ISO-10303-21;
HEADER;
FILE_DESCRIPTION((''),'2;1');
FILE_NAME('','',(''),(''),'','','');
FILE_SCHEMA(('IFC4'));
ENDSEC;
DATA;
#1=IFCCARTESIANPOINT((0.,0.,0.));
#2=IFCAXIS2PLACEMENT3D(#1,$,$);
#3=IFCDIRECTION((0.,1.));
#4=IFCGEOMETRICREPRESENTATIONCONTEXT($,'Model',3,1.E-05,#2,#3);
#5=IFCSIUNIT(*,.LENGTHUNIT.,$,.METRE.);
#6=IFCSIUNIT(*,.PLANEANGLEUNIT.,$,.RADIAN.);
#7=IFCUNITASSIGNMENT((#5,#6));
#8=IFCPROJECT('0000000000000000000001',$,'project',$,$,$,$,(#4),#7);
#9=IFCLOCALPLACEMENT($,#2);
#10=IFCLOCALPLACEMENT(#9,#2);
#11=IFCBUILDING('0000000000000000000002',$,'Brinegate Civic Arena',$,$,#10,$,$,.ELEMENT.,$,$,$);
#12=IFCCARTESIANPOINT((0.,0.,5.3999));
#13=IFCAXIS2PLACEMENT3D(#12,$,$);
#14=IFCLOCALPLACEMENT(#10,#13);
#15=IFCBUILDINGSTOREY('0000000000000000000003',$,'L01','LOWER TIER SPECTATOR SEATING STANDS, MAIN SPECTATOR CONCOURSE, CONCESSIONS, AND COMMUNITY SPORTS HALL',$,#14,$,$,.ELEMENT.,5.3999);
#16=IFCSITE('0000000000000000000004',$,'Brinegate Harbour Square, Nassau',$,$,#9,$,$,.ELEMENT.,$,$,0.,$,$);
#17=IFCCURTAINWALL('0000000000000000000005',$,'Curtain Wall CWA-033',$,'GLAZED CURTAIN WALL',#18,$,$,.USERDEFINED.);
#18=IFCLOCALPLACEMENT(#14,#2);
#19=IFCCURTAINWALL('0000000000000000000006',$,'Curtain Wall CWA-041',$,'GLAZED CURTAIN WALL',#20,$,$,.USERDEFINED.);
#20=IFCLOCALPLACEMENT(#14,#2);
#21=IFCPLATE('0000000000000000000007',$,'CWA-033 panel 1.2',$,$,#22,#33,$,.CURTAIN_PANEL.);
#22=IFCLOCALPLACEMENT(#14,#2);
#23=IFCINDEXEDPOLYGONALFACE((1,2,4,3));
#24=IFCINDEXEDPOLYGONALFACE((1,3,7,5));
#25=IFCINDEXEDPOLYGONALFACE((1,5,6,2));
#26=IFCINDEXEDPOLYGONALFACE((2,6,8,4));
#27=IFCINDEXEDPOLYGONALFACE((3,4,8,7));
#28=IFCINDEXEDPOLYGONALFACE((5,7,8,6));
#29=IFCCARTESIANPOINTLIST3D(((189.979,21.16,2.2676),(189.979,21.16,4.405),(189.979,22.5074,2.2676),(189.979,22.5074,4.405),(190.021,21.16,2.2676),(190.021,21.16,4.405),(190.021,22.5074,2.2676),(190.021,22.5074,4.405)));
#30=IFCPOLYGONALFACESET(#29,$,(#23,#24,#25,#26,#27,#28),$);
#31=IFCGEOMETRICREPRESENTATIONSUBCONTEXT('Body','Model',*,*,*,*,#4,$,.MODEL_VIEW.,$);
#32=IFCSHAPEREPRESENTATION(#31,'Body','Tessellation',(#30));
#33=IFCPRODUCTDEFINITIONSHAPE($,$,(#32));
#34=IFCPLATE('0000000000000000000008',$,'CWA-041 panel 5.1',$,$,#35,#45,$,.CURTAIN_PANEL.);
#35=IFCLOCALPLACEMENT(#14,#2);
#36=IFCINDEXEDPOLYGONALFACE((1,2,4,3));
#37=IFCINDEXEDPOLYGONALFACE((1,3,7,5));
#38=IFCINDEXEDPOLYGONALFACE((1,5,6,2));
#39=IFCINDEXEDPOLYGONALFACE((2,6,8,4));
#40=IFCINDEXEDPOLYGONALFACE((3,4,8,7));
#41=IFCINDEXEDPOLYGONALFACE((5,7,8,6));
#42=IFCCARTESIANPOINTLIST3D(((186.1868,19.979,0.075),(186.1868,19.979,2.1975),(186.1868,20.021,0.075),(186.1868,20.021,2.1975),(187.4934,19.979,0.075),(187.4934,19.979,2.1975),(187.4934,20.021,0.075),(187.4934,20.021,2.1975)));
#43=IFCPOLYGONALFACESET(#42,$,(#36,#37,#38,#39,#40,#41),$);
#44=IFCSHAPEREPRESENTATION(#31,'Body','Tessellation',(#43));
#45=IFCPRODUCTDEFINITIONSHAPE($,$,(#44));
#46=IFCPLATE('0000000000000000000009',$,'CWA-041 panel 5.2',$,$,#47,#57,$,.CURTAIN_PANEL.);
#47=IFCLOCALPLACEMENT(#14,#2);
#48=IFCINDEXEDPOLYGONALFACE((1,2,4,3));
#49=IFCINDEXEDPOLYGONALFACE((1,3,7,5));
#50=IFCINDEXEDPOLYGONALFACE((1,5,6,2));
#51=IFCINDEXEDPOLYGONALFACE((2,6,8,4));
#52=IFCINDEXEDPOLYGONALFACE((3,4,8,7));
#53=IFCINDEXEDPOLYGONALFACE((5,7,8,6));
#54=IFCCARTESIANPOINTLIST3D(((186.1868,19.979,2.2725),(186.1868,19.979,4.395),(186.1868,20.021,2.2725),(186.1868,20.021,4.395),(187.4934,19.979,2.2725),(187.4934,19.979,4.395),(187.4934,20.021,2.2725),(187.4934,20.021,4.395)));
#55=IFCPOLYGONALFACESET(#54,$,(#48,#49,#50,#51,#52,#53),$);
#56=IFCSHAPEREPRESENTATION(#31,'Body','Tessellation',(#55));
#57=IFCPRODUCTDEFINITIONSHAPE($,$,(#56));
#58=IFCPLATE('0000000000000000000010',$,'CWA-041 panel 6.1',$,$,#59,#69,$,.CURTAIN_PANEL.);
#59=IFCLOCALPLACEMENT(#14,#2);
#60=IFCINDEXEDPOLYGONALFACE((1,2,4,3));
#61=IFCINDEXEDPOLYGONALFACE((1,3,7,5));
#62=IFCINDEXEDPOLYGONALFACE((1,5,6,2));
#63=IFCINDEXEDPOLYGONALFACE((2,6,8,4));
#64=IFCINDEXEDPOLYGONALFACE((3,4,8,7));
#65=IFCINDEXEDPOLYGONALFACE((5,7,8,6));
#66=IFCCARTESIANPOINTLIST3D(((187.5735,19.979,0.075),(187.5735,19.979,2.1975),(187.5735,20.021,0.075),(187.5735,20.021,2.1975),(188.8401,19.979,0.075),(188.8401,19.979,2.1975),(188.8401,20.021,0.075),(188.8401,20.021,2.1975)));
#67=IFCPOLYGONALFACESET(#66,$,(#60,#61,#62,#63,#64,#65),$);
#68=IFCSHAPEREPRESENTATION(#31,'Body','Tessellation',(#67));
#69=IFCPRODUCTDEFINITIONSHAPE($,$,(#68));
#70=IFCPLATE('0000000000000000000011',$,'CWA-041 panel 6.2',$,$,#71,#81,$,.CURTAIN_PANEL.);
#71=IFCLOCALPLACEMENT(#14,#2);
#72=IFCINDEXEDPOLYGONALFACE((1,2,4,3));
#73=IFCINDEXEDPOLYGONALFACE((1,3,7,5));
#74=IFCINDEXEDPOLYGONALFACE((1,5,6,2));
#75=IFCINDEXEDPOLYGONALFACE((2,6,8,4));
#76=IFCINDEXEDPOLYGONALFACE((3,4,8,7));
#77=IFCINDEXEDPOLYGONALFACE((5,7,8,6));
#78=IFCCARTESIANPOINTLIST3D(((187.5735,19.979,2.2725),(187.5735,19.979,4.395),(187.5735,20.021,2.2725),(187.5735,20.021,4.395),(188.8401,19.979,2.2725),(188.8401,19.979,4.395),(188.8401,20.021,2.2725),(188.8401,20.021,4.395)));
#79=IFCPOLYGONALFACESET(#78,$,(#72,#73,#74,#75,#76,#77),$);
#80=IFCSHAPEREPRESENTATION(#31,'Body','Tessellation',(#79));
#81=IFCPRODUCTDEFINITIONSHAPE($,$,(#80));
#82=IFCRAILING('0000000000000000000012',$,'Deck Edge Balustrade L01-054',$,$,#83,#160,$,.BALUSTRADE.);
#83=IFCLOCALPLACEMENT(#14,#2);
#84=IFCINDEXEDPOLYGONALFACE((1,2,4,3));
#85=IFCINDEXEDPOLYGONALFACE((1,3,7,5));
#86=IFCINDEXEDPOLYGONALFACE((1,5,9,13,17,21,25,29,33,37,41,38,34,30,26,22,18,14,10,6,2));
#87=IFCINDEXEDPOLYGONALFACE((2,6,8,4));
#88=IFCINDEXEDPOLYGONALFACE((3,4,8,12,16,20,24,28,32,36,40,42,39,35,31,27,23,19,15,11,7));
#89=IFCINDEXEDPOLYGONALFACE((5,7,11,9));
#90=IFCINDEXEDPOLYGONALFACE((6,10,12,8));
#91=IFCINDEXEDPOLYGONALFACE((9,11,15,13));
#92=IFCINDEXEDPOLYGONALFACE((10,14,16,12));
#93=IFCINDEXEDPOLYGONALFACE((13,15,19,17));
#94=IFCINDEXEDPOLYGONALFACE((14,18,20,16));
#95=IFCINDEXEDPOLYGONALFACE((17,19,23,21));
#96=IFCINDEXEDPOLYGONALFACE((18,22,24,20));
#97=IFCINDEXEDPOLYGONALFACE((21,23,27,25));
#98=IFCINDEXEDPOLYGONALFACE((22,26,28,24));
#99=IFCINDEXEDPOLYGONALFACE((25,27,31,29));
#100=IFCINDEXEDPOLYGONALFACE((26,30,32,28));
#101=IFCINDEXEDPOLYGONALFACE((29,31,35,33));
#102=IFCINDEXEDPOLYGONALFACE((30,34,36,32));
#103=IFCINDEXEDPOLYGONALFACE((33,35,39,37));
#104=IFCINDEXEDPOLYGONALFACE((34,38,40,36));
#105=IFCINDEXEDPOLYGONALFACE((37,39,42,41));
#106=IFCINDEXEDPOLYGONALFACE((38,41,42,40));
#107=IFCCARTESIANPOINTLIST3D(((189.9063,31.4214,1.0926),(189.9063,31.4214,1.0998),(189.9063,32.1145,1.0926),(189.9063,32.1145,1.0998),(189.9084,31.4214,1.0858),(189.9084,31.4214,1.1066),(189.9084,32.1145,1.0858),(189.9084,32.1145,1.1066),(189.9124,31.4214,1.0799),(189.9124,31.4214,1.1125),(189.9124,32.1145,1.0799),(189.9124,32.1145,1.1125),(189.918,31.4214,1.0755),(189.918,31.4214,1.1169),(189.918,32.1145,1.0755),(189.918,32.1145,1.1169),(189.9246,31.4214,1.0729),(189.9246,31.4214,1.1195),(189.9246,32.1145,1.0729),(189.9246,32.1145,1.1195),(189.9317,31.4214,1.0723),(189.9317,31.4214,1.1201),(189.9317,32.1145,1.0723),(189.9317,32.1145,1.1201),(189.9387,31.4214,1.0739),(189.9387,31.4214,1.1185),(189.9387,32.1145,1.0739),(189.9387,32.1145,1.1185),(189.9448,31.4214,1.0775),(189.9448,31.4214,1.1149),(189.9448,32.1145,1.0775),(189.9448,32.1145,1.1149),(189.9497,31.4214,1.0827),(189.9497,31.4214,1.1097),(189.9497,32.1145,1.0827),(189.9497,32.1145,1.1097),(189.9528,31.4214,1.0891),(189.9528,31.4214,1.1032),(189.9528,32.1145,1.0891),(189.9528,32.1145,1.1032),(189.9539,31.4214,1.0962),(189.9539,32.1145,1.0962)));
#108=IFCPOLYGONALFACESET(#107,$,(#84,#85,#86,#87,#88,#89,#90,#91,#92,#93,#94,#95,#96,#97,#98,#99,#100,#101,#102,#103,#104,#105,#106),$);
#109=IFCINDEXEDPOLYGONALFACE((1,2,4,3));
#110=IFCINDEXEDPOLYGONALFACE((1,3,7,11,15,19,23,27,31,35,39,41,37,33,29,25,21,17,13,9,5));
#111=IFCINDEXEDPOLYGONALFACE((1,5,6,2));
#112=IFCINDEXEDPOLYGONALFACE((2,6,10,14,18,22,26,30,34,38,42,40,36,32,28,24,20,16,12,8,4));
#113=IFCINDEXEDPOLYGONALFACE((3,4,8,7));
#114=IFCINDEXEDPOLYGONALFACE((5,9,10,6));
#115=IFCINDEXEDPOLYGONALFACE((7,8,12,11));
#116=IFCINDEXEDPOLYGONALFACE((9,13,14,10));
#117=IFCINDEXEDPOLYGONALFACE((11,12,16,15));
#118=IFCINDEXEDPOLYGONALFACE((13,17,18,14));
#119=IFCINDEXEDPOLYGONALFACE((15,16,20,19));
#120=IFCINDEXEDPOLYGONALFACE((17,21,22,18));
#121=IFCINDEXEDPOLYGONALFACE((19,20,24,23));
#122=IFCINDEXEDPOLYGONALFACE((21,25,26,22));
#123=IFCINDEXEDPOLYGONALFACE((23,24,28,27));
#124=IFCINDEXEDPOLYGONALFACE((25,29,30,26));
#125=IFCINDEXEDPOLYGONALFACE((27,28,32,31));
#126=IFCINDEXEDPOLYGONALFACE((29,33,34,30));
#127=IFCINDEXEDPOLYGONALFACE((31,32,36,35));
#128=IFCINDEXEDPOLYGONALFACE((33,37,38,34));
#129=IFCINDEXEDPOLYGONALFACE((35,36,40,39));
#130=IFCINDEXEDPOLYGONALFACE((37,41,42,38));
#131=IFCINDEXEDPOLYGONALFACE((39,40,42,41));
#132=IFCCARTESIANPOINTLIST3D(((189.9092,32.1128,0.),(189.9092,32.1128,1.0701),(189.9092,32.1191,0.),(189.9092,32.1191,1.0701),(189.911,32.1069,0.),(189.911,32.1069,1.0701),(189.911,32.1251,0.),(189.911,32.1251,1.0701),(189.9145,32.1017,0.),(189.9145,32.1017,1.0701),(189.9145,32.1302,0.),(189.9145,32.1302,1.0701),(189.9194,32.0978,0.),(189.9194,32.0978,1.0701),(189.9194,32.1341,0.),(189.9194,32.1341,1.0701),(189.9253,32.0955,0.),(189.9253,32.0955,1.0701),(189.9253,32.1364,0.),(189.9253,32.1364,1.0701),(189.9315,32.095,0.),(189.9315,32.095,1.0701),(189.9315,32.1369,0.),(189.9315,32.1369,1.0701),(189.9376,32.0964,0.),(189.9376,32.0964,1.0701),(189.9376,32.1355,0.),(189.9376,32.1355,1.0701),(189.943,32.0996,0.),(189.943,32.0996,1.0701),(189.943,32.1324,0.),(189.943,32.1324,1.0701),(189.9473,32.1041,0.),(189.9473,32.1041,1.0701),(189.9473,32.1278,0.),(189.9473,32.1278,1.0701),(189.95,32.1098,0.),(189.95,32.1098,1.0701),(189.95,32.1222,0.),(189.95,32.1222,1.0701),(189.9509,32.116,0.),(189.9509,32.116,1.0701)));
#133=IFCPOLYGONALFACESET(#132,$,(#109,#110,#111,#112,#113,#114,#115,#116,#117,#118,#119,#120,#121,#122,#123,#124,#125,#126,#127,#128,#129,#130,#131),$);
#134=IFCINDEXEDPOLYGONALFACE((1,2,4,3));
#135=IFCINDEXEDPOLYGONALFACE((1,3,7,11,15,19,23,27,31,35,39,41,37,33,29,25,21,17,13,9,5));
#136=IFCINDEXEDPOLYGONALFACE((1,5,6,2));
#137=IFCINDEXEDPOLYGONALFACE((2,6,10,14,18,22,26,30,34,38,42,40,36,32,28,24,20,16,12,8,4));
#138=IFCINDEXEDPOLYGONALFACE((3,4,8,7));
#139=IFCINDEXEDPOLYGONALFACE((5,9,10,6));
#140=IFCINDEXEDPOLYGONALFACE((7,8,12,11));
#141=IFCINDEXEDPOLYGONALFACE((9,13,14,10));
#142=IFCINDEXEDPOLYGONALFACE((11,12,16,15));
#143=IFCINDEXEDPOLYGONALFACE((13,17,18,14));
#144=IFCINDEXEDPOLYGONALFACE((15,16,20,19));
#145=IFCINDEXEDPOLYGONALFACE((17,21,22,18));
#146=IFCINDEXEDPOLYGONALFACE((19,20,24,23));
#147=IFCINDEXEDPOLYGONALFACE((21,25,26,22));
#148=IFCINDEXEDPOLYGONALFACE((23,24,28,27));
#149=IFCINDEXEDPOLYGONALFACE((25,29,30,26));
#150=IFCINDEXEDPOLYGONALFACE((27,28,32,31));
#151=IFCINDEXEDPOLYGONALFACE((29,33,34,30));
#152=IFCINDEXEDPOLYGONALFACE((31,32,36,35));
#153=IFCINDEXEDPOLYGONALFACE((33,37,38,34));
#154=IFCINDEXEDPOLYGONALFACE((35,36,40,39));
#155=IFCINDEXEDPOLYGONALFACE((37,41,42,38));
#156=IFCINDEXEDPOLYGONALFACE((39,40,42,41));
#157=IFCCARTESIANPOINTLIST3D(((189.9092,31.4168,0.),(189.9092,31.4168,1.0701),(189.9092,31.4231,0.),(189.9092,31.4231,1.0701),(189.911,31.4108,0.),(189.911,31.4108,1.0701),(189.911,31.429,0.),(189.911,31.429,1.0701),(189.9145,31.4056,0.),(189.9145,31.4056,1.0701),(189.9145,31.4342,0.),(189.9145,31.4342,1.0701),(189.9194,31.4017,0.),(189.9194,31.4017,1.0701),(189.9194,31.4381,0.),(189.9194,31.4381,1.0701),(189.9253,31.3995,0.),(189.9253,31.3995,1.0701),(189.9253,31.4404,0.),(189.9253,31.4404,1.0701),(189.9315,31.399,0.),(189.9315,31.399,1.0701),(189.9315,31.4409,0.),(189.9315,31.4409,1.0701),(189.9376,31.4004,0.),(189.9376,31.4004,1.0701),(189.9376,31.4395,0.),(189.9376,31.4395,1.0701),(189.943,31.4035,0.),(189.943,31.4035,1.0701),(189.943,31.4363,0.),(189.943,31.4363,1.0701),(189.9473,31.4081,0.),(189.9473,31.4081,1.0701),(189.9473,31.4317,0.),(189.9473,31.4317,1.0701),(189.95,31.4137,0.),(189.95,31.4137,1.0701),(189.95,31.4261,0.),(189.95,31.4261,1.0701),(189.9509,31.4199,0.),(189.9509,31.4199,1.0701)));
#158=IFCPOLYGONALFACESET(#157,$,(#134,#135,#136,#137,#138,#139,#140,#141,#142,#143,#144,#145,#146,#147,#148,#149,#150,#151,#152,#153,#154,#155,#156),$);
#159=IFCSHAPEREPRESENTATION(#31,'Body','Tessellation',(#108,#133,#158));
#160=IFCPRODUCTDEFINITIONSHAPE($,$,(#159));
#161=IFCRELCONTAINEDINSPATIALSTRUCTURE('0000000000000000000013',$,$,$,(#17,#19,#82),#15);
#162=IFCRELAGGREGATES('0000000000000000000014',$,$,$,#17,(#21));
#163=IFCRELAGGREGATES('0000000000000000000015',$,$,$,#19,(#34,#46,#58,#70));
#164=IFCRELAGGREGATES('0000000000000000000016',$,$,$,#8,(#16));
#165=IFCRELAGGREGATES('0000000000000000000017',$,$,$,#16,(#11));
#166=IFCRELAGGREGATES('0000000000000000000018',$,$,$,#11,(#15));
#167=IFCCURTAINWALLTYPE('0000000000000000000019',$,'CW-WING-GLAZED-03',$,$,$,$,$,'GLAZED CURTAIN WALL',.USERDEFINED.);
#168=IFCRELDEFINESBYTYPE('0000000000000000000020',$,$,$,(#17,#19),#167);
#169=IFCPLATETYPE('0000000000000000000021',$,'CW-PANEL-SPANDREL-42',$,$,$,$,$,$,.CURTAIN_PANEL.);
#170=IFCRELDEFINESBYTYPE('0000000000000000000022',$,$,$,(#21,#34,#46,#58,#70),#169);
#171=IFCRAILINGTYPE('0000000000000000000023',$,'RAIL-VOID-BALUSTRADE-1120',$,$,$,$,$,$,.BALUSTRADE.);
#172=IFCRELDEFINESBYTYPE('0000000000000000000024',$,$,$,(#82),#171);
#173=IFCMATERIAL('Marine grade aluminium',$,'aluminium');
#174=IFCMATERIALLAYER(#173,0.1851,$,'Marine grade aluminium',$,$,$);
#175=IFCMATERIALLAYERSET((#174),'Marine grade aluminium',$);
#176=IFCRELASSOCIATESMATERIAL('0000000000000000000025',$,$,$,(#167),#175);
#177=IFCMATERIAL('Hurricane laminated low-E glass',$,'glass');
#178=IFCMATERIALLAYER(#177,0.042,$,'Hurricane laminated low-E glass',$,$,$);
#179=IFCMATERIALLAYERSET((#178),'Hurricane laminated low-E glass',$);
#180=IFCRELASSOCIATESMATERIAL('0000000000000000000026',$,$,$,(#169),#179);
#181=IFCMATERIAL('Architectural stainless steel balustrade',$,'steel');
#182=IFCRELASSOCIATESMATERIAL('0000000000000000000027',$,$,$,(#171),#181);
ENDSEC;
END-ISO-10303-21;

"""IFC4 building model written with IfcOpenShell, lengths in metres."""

from ifc_helpers import new_model, si_unit, direction, frame, origin, origin_2d, place, context, subcontext, project, spatial, rectangle, circle, extrude, material, layer, layer_set, type_object, element, aggregate, save


model = new_model("IFC4")

# Units and contexts
model_context = context("Model", 3, precision=1e-05, world=origin(), true_north=direction((0.0, 1.0)))
body_context = subcontext(model_context, "Body", "Model", "MODEL_VIEW")
ifc_project = project(units=[si_unit("LENGTHUNIT", "METRE"), si_unit("PLANEANGLEUNIT", "RADIAN")], contexts=[model_context])

# Site, building, storey
site_placement = place(None, origin())
site = spatial("IfcSite", under=ifc_project, at=site_placement, Name="Brinegate Harbour Square, Nassau", CompositionType="ELEMENT", RefElevation=0.0)
building_placement = place(site_placement, origin())
building = spatial("IfcBuilding", under=site, at=building_placement, Name="Brinegate Civic Arena", CompositionType="ELEMENT")
storey_placement = place(building_placement, frame((0.0, 0.0, 5.3999)))
storey = spatial("IfcBuildingStorey", under=building, at=storey_placement, Name="L01", Description="LOWER TIER SPECTATOR SEATING STANDS, MAIN SPECTATOR CONCOURSE, CONCESSIONS, AND COMMUNITY SPORTS HALL", CompositionType="ELEMENT", Elevation=5.3999)

# Curtain walls
ifc_material_1 = material(Name="Marine grade aluminium", Category="aluminium")
ifc_layer_1 = layer(ifc_material_1, 0.1851, Name="Marine grade aluminium")
ifc_layer_set_1 = layer_set([ifc_layer_1], Name="Marine grade aluminium")
curtain_wall_type = type_object("IfcCurtainWallType", Name="CW-WING-GLAZED-03", ElementType="GLAZED CURTAIN WALL", PredefinedType="USERDEFINED", material=ifc_layer_set_1)
curtain_wall_1_placement = place(storey_placement, origin())
curtain_wall_1 = element("IfcCurtainWall", 1, at=curtain_wall_1_placement, inside=storey, type_object=curtain_wall_type, Name="Curtain Wall CWA-033", ObjectType="GLAZED CURTAIN WALL", PredefinedType="USERDEFINED")
curtain_wall_2_placement = place(storey_placement, origin())
curtain_wall_2 = element("IfcCurtainWall", 2, at=curtain_wall_2_placement, inside=storey, type_object=curtain_wall_type, Name="Curtain Wall CWA-041", ObjectType="GLAZED CURTAIN WALL", PredefinedType="USERDEFINED")

# Plates
ifc_material_2 = material(Name="Hurricane laminated low-E glass", Category="glass")
ifc_layer_2 = layer(ifc_material_2, 0.042, Name="Hurricane laminated low-E glass")
ifc_layer_set_2 = layer_set([ifc_layer_2], Name="Hurricane laminated low-E glass")
plate_type = type_object("IfcPlateType", Name="CW-PANEL-SPANDREL-42", PredefinedType="CURTAIN_PANEL", material=ifc_layer_set_2)
plate_1_placement = place(storey_placement, frame((190.0, 21.8337, 2.2676), z_axis=(0.0, 0.0, 1.0), x_axis=(0.0, 1.0, 0.0)))
plate_1 = element("IfcPlate", 3, at=plate_1_placement, type_object=plate_type, Name="CWA-033 panel 1.2", PredefinedType="CURTAIN_PANEL", context=body_context, shape_type="SweptSolid", body=[
    extrude(rectangle(XDim=1.3474, YDim=0.042, at=origin_2d()), origin(), (0.0, 0.0, 1.0), 2.1375),
])
aggregate(curtain_wall_1, [plate_1])
plate_2_placement = place(storey_placement, frame((186.8401, 20.0, 0.075), z_axis=(0.0, 0.0, 1.0), x_axis=(1.0, 0.0, 0.0)))
plate_2 = element("IfcPlate", 4, at=plate_2_placement, type_object=plate_type, Name="CWA-041 panel 5.1", PredefinedType="CURTAIN_PANEL", context=body_context, shape_type="SweptSolid", body=[
    extrude(rectangle(XDim=1.3066, YDim=0.042, at=origin_2d()), origin(), (0.0, 0.0, 1.0), 2.1226),
])
plate_3_placement = place(storey_placement, frame((186.8401, 20.0, 2.2725), z_axis=(0.0, 0.0, 1.0), x_axis=(1.0, 0.0, 0.0)))
plate_3 = element("IfcPlate", 5, at=plate_3_placement, type_object=plate_type, Name="CWA-041 panel 5.2", PredefinedType="CURTAIN_PANEL", context=body_context, shape_type="SweptSolid", body=[
    extrude(rectangle(XDim=1.3066, YDim=0.042, at=origin_2d()), origin(), (0.0, 0.0, 1.0), 2.1226),
])
plate_4_placement = place(storey_placement, frame((188.2068, 20.0, 0.075), z_axis=(0.0, 0.0, 1.0), x_axis=(1.0, 0.0, 0.0)))
plate_4 = element("IfcPlate", 6, at=plate_4_placement, type_object=plate_type, Name="CWA-041 panel 6.1", PredefinedType="CURTAIN_PANEL", context=body_context, shape_type="SweptSolid", body=[
    extrude(rectangle(XDim=1.2666, YDim=0.042, at=origin_2d()), origin(), (0.0, 0.0, 1.0), 2.1226),
])
plate_5_placement = place(storey_placement, frame((188.2068, 20.0, 2.2725), z_axis=(0.0, 0.0, 1.0), x_axis=(1.0, 0.0, 0.0)))
plate_5 = element("IfcPlate", 7, at=plate_5_placement, type_object=plate_type, Name="CWA-041 panel 6.2", PredefinedType="CURTAIN_PANEL", context=body_context, shape_type="SweptSolid", body=[
    extrude(rectangle(XDim=1.2666, YDim=0.042, at=origin_2d()), origin(), (0.0, 0.0, 1.0), 2.1226),
])
aggregate(curtain_wall_2, [plate_2, plate_3, plate_4, plate_5])

# Railing
ifc_material_3 = material(Name="Architectural stainless steel balustrade", Category="steel")
railing_type = type_object("IfcRailingType", Name="RAIL-VOID-BALUSTRADE-1120", PredefinedType="BALUSTRADE", material=ifc_material_3)
for number, where, name in (
    (8, (189.9299, 32.116, 0.0), "Deck Edge Balustrade L01-054"),
):
    element("IfcRailing", number, at=place(storey_placement, frame(where)), inside=storey, type_object=railing_type, Name=name, PredefinedType="BALUSTRADE", context=body_context, shape_type="SweptSolid", body=[
        extrude(circle(Radius=0.0239, at=origin_2d()), frame((0.0, -0.0015, 1.0962), z_axis=(0.0, -1.0, 0.0), x_axis=(1.0, 0.0, 0.0)), (0.0, 0.0, 1.0), 0.6931),
        extrude(circle(Radius=0.021, at=origin_2d()), origin(), (0.0, 0.0, 1.0), 1.0701),
        extrude(circle(Radius=0.021, at=origin_2d()), frame((0.0, -0.696, 0.0)), (0.0, 0.0, 1.0), 1.0701),
    ])

save(model, "model.ifc")
